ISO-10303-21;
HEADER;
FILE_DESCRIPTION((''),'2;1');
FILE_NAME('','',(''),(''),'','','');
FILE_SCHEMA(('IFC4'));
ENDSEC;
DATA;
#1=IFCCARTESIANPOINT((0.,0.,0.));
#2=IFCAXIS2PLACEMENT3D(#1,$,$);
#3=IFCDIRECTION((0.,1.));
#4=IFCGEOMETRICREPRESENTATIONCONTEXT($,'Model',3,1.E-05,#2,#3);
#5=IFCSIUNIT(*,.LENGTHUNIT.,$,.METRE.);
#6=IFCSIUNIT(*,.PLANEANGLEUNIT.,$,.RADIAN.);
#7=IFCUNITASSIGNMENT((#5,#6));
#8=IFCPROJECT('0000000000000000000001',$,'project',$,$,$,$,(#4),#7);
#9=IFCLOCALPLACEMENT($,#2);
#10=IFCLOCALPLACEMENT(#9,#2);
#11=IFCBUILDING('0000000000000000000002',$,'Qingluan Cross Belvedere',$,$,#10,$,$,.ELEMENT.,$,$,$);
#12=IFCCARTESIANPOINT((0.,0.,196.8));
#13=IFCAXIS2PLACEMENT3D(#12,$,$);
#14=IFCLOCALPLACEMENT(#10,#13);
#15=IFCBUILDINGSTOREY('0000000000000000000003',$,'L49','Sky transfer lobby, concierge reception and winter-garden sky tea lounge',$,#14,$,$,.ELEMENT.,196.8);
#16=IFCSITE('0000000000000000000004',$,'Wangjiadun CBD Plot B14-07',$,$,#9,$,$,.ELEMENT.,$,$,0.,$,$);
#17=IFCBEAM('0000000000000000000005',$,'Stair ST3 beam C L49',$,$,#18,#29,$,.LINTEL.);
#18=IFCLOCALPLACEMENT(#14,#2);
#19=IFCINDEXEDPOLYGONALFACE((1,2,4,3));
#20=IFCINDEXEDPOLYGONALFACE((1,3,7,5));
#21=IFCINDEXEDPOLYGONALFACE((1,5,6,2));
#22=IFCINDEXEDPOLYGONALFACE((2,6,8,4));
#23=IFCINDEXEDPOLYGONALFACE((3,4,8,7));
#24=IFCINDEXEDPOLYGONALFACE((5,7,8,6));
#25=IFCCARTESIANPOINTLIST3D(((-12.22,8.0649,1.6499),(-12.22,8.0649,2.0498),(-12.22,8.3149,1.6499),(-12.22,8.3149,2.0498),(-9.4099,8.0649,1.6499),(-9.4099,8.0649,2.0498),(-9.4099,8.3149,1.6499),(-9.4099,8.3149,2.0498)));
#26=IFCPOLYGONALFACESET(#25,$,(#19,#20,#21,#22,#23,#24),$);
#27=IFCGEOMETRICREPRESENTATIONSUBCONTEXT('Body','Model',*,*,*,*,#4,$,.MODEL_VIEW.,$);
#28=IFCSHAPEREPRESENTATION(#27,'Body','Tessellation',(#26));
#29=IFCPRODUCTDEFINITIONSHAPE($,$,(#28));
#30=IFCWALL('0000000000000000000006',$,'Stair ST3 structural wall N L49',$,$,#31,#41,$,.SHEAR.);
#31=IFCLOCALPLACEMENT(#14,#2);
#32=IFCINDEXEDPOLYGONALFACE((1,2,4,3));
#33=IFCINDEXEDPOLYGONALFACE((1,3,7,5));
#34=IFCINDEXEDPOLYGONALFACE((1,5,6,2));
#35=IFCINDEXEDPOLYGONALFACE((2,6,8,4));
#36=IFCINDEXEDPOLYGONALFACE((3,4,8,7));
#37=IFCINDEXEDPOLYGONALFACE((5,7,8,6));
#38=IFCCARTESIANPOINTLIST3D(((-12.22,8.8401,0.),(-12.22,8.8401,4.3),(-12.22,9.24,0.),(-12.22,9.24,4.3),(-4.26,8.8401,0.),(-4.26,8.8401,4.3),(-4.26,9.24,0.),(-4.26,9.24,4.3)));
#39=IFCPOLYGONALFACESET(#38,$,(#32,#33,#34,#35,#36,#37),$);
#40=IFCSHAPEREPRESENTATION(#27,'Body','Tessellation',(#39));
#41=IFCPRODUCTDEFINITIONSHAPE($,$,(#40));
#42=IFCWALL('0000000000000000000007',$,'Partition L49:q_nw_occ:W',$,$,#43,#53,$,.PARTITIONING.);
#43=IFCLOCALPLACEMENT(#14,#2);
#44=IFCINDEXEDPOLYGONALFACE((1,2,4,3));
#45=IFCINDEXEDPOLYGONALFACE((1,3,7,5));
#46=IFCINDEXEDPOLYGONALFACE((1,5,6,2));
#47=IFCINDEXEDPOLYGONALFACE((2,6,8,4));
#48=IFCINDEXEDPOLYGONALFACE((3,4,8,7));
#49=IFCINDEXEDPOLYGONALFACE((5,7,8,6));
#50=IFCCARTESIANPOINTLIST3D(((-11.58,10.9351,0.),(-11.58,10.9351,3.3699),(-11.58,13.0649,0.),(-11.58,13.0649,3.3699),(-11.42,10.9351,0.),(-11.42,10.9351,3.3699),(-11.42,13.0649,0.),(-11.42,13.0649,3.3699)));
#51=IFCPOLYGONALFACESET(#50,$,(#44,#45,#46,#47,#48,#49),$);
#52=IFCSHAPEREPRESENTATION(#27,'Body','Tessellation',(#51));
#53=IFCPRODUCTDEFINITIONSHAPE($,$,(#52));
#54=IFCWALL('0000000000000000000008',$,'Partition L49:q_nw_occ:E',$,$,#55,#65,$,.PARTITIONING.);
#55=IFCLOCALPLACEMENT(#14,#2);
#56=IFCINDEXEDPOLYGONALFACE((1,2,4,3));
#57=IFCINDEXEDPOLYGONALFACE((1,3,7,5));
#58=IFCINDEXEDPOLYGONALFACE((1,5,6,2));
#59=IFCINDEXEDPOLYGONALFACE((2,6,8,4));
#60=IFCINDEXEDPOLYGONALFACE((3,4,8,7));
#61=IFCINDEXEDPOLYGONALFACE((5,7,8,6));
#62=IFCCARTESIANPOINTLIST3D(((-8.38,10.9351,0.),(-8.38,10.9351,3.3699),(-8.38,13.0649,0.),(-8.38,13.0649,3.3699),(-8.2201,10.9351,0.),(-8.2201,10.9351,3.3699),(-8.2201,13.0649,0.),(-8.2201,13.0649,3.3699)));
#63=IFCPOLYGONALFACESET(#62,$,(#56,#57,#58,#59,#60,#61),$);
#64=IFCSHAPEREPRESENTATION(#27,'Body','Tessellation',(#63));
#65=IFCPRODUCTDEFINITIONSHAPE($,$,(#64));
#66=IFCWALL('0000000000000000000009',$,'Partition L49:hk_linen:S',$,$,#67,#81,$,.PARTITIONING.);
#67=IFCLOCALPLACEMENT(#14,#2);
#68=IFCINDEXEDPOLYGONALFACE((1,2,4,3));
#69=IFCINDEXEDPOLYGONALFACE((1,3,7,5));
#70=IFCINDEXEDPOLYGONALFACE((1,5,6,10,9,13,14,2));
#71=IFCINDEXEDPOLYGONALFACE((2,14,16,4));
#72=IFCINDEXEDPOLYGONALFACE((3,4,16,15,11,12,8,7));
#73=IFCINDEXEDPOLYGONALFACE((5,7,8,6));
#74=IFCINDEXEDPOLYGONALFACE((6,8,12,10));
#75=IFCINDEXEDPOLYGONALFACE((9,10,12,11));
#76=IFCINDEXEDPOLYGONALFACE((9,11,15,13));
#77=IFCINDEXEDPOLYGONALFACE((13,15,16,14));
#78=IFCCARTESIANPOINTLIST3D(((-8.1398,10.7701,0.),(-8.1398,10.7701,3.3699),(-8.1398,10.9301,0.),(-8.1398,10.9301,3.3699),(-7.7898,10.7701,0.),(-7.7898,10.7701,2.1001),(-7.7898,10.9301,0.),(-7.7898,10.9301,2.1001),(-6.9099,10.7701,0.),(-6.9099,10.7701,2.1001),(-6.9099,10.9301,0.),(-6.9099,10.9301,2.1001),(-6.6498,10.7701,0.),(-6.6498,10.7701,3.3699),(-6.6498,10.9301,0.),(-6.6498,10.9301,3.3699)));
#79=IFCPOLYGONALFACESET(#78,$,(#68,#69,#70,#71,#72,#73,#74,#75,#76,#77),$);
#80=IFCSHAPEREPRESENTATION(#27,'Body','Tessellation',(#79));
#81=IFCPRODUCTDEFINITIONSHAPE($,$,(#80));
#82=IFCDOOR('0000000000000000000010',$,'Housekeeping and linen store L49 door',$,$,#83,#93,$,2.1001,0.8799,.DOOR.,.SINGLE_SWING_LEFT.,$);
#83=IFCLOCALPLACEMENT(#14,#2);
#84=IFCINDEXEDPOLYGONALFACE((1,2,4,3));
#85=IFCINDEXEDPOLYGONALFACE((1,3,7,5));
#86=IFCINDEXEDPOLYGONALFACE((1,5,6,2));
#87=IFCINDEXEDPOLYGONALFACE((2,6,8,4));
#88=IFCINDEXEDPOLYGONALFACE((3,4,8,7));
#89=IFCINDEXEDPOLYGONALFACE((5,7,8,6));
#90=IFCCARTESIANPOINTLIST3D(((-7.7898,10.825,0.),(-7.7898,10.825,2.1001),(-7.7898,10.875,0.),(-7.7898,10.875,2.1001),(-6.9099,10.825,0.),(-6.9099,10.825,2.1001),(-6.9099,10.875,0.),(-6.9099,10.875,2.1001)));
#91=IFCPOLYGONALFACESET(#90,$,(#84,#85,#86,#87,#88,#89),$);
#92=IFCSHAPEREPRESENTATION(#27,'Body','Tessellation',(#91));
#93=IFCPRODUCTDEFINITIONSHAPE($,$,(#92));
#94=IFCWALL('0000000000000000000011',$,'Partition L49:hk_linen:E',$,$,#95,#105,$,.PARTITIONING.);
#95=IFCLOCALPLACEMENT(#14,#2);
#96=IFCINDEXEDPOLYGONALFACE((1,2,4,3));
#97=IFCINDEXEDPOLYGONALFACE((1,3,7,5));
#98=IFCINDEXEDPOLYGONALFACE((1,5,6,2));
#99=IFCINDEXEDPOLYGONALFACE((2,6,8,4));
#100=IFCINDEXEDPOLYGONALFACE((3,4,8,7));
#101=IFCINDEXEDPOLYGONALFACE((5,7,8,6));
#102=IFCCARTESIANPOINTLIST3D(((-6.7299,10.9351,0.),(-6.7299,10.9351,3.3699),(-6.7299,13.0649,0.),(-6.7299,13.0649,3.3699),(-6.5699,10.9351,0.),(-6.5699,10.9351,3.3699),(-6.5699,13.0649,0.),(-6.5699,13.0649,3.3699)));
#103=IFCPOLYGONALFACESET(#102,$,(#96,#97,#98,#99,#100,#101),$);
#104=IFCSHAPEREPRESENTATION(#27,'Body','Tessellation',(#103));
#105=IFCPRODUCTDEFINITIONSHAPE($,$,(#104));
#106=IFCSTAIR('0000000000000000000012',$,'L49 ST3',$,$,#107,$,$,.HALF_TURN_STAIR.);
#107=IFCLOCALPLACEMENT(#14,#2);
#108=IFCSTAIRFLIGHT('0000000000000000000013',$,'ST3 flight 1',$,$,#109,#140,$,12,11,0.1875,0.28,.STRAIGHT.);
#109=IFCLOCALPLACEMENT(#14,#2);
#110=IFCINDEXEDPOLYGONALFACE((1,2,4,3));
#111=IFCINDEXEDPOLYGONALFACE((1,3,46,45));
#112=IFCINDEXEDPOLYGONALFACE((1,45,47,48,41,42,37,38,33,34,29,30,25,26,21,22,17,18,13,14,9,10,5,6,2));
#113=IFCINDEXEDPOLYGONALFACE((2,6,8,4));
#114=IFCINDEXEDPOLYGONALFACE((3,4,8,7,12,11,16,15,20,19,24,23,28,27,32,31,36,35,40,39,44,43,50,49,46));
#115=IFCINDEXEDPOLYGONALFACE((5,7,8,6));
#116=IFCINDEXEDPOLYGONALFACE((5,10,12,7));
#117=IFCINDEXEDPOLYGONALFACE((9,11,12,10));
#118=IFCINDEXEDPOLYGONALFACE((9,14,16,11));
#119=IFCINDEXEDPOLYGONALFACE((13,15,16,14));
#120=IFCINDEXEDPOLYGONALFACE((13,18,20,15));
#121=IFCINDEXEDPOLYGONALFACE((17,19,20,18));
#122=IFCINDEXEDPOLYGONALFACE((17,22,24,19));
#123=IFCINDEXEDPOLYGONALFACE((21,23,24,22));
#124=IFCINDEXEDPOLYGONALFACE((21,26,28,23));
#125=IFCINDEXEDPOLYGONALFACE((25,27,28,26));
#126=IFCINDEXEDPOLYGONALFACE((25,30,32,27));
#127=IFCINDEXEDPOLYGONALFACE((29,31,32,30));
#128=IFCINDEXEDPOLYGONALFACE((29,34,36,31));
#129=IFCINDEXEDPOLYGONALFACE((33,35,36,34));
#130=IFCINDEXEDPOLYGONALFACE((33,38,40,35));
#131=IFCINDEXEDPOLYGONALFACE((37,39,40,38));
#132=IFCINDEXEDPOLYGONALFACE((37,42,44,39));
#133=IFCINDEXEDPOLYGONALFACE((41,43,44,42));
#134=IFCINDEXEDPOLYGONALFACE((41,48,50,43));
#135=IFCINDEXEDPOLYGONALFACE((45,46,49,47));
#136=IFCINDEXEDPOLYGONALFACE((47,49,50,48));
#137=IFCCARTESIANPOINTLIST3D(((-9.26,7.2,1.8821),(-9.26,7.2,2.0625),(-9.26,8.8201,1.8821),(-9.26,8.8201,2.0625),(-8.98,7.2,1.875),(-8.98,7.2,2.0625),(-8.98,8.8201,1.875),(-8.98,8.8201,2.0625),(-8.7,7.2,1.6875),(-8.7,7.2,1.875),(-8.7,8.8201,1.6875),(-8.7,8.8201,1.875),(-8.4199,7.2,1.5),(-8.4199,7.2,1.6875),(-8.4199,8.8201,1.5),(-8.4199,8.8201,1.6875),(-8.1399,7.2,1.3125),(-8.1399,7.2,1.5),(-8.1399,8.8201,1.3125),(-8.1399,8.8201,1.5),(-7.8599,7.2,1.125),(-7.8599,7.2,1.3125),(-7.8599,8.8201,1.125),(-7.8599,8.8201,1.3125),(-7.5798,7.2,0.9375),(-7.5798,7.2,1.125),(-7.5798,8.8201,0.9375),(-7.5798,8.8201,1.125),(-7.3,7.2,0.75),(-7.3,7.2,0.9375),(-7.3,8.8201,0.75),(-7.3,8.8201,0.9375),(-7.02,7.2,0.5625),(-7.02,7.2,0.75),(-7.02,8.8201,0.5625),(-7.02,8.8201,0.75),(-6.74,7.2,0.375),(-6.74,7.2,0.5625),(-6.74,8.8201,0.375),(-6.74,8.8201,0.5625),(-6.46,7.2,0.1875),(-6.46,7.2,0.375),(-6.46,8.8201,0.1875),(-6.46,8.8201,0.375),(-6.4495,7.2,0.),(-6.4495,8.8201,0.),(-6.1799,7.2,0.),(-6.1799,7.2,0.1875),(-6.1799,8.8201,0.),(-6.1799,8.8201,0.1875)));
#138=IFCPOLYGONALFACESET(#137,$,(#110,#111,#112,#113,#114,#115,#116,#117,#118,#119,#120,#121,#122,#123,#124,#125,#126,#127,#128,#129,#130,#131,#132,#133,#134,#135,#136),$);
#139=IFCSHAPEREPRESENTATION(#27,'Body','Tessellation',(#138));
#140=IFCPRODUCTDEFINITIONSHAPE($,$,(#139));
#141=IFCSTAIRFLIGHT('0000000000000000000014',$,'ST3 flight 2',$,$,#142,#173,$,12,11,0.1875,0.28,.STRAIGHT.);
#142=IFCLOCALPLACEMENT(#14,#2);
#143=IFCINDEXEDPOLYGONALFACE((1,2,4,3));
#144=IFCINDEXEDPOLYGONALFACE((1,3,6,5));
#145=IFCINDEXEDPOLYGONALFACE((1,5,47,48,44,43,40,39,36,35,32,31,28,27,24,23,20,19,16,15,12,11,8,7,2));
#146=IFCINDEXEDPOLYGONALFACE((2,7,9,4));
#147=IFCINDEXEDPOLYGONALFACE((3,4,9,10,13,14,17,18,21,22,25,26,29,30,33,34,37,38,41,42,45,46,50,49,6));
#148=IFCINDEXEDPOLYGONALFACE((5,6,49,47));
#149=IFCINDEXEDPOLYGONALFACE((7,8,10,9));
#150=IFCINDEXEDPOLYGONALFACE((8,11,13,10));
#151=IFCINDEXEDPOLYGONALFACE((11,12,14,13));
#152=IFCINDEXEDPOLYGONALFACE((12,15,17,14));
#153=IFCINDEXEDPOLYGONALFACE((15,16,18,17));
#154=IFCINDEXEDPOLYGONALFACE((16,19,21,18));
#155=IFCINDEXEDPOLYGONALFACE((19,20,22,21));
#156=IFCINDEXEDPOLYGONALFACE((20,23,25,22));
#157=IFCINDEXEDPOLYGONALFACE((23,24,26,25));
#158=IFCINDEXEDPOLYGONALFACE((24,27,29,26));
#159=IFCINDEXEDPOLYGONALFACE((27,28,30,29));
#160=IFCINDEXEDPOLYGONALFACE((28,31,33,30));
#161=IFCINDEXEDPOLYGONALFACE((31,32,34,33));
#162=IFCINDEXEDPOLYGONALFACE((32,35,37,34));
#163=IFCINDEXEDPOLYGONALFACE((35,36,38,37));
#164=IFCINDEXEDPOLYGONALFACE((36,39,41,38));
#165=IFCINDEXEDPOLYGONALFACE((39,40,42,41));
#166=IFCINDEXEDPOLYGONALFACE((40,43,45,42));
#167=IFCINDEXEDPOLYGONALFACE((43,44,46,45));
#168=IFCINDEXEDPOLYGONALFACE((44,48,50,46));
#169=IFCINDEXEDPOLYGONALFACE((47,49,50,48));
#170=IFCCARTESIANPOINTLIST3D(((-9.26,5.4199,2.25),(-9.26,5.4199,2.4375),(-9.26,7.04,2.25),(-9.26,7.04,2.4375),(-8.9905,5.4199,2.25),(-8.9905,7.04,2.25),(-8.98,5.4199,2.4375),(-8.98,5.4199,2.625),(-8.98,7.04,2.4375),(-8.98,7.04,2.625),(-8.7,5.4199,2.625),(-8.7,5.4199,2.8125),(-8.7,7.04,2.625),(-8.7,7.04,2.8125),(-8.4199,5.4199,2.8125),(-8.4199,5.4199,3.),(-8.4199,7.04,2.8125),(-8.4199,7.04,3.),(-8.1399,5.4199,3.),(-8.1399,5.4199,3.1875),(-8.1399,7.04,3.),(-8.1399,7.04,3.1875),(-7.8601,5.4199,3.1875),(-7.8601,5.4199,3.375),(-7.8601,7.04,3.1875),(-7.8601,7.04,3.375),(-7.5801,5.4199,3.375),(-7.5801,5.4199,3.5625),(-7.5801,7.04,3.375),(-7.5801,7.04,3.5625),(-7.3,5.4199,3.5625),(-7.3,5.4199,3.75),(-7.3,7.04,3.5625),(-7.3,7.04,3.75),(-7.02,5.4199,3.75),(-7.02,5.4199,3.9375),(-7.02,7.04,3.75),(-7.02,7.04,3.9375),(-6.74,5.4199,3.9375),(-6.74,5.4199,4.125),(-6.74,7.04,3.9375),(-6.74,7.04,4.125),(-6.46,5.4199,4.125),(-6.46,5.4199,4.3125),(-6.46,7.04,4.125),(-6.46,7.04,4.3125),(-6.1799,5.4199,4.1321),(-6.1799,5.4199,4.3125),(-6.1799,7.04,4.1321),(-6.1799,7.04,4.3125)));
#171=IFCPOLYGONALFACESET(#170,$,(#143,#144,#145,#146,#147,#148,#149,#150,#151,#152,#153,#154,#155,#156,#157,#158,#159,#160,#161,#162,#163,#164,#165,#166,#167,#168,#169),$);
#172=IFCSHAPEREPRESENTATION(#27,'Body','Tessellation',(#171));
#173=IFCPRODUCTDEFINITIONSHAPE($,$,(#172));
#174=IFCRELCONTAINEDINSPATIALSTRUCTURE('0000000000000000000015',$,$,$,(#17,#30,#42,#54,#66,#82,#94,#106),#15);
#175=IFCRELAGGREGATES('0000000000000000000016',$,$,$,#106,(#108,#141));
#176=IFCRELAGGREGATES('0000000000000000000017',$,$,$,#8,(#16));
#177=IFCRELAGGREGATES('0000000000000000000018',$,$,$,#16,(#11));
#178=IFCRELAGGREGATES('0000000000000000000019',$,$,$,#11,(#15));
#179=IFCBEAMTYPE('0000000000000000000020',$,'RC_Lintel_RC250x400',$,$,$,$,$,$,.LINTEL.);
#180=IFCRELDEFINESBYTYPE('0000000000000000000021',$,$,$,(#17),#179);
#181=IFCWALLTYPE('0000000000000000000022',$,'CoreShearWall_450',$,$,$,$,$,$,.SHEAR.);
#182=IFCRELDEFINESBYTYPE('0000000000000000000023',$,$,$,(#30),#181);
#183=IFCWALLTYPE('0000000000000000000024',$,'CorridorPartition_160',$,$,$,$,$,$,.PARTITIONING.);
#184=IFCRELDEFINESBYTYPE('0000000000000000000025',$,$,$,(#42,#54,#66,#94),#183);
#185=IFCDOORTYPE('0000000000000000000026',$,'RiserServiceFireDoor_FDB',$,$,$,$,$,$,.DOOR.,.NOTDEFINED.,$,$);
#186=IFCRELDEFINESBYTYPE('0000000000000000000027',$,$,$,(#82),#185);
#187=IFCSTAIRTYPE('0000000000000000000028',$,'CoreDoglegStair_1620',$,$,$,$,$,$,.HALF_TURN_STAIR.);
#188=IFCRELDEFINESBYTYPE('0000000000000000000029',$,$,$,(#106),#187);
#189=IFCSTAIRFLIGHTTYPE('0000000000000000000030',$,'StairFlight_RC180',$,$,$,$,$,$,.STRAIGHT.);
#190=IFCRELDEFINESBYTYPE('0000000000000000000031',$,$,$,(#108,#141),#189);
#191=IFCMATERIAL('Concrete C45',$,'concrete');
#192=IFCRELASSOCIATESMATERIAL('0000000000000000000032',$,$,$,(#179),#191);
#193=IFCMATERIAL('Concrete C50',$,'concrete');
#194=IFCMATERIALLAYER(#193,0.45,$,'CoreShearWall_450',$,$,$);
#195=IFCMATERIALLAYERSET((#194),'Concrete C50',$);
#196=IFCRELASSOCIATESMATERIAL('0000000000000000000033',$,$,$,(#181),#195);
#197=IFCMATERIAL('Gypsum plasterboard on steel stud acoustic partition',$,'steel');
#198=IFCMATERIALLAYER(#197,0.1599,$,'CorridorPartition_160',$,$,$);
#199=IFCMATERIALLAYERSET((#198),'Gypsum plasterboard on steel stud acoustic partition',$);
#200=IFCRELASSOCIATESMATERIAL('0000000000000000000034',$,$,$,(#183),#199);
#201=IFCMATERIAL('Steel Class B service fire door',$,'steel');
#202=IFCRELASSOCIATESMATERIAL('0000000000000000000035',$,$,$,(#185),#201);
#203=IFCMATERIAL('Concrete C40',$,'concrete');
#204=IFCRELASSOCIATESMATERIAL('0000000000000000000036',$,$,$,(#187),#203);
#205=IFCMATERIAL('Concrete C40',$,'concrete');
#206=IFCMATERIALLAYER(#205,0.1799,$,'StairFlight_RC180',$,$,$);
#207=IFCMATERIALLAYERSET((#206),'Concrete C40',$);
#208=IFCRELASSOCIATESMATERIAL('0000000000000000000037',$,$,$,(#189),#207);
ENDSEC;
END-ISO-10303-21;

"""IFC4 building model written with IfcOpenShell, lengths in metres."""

from ifc_helpers import new_model, si_unit, direction, frame, frame_2d, origin, origin_2d, place, context, subcontext, project, spatial, polyline, rectangle, outline, extrude, material, layer, layer_set, material_profile, profile_set, type_object, element, fill, aggregate, save


model = new_model("IFC4")

# Units and contexts
model_context = context("Model", 3, precision=1e-05, world=origin(), true_north=direction((0.0, 1.0)))
body_context = subcontext(model_context, "Body", "Model", "MODEL_VIEW")
ifc_project = project(units=[si_unit("LENGTHUNIT", "METRE"), si_unit("PLANEANGLEUNIT", "RADIAN")], contexts=[model_context])

# Site, building, storey
site_placement = place(None, origin())
site = spatial("IfcSite", under=ifc_project, at=site_placement, Name="Wangjiadun CBD Plot B14-07", CompositionType="ELEMENT", RefElevation=0.0)
building_placement = place(site_placement, origin())
building = spatial("IfcBuilding", under=site, at=building_placement, Name="Qingluan Cross Belvedere", CompositionType="ELEMENT")
storey_placement = place(building_placement, frame((0.0, 0.0, 196.8)))
storey = spatial("IfcBuildingStorey", under=building, at=storey_placement, Name="L49", Description="Sky transfer lobby, concierge reception and winter-garden sky tea lounge", CompositionType="ELEMENT", Elevation=196.8)

# Beam
ifc_material_1 = material(Name="Concrete C45", Category="concrete")
ifc_material_profile = material_profile(ifc_material_1, rectangle(XDim=0.25, YDim=0.3999, at=origin_2d()), Name="RC250x400")
ifc_profile_set = profile_set([ifc_material_profile], Name="Concrete C45")
beam_type = type_object("IfcBeamType", Name="RC_Lintel_RC250x400", PredefinedType="LINTEL", material=ifc_profile_set)
beam_placement = place(storey_placement, frame((-12.22, 8.1899, 1.8499), z_axis=(1.0, 0.0, 0.0), x_axis=(0.0, 1.0, 0.0)))
element("IfcBeam", 1, at=beam_placement, inside=storey, type_object=beam_type, Name="Stair ST3 beam C L49", PredefinedType="LINTEL", context=body_context, shape_type="SweptSolid", body=[
    extrude(rectangle(XDim=0.25, YDim=0.3999, at=origin_2d()), origin(), (0.0, 0.0, 1.0), 2.8101),
])

# Wall
ifc_material_2 = material(Name="Concrete C50", Category="concrete")
ifc_layer_1 = layer(ifc_material_2, 0.45, Name="CoreShearWall_450")
ifc_layer_set_1 = layer_set([ifc_layer_1], Name="Concrete C50")
wall_type_1 = type_object("IfcWallType", Name="CoreShearWall_450", PredefinedType="SHEAR", material=ifc_layer_set_1)
wall_1_placement = place(storey_placement, frame((-12.22, 9.04, 0.0), z_axis=(0.0, 0.0, 1.0), x_axis=(1.0, 0.0, 0.0)))
element("IfcWall", 2, at=wall_1_placement, inside=storey, type_object=wall_type_1, Name="Stair ST3 structural wall N L49", PredefinedType="SHEAR", context=body_context, shape_type="SweptSolid", body=[
    extrude(rectangle(XDim=7.96, YDim=0.3999, at=frame_2d((3.98, 0.0))), origin(), (0.0, 0.0, 1.0), 4.3),
])

# Shared definitions
ifc_material_3 = material(Name="Gypsum plasterboard on steel stud acoustic partition", Category="steel")
ifc_layer_2 = layer(ifc_material_3, 0.1599, Name="CorridorPartition_160")
ifc_layer_set_2 = layer_set([ifc_layer_2], Name="Gypsum plasterboard on steel stud acoustic partition")
wall_type_2 = type_object("IfcWallType", Name="CorridorPartition_160", PredefinedType="PARTITIONING", material=ifc_layer_set_2)

# Walls
for number, where, z_axis, x_axis, name in (
    (3, (-11.5, 10.9351, 0.0), (0.0, 0.0, 1.0), (0.0, 1.0, 0.0), "Partition L49:q_nw_occ:W"),
    (4, (-8.3, 10.9351, 0.0), (0.0, 0.0, 1.0), (0.0, 1.0, 0.0), "Partition L49:q_nw_occ:E"),
):
    element("IfcWall", number, at=place(storey_placement, frame(where, z_axis=z_axis, x_axis=x_axis)), inside=storey, type_object=wall_type_2, Name=name, PredefinedType="PARTITIONING", context=body_context, shape_type="SweptSolid", body=[
        extrude(rectangle(XDim=2.1299, YDim=0.1599, at=frame_2d((1.0649, 0.0))), origin(), (0.0, 0.0, 1.0), 3.3699),
    ])

# Wall, opening, door
wall_2_placement = place(storey_placement, frame((-8.1399, 10.8501, 0.0), z_axis=(0.0, 0.0, 1.0), x_axis=(1.0, 0.0, 0.0)))
wall_2 = element("IfcWall", 5, at=wall_2_placement, inside=storey, type_object=wall_type_2, Name="Partition L49:hk_linen:S", PredefinedType="PARTITIONING", context=body_context, shape_type="SweptSolid", body=[
    extrude(rectangle(XDim=1.49, YDim=0.1599, at=frame_2d((0.7451, 0.0))), origin(), (0.0, 0.0, 1.0), 3.3699),
])
opening_1_placement = place(wall_2_placement, frame((0.3501, 0.0, 0.0)))
opening_1 = element("IfcOpeningElement", 6, at=opening_1_placement, cuts=wall_2, PredefinedType="OPENING", context=body_context, shape_type="SweptSolid", body=[
    extrude(rectangle(XDim=0.8799, YDim=2.1001, at=frame_2d((0.4399, 1.05))), frame((0.0, 0.0898, 0.0), z_axis=(0.0, -1.0, 0.0), x_axis=(1.0, 0.0, 0.0)), (0.0, 0.0, 1.0), 0.1799),
])
ifc_material_4 = material(Name="Steel Class B service fire door", Category="steel")
door_type_1 = type_object("IfcDoorType", Name="RiserServiceFireDoor_FDB", OperationType="NOTDEFINED", PredefinedType="DOOR", material=ifc_material_4)
door_1_placement = place(opening_1_placement, origin())
door_1 = element("IfcDoor", 7, at=door_1_placement, inside=storey, type_object=door_type_1, Name="Housekeeping and linen store L49 door", OperationType="SINGLE_SWING_LEFT", OverallHeight=2.1001, OverallWidth=0.8799, PredefinedType="DOOR", context=body_context, shape_type="SweptSolid", body=[
    extrude(rectangle(XDim=0.8799, YDim=2.1001, at=frame_2d((0.4399, 1.05))), frame((0.0, 0.0249, 0.0), z_axis=(0.0, -1.0, 0.0), x_axis=(1.0, 0.0, 0.0)), (0.0, 0.0, 1.0), 0.05),
])
fill(opening_1, door_1)

# Wall
wall_3_placement = place(storey_placement, frame((-6.6499, 10.9351, 0.0), z_axis=(0.0, 0.0, 1.0), x_axis=(0.0, 1.0, 0.0)))
element("IfcWall", 8, at=wall_3_placement, inside=storey, type_object=wall_type_2, Name="Partition L49:hk_linen:E", PredefinedType="PARTITIONING", context=body_context, shape_type="SweptSolid", body=[
    extrude(rectangle(XDim=2.1299, YDim=0.1599, at=frame_2d((1.0649, 0.0))), origin(), (0.0, 0.0, 1.0), 3.3699),
])

# Stair, stair flights
ifc_material_5 = material(Name="Concrete C40", Category="concrete")
stair_type = type_object("IfcStairType", Name="CoreDoglegStair_1620", PredefinedType="HALF_TURN_STAIR", material=ifc_material_5)
stair_placement = place(storey_placement, origin())
stair = element("IfcStair", 9, at=stair_placement, inside=storey, type_object=stair_type, Name="L49 ST3", PredefinedType="HALF_TURN_STAIR")
ifc_material_6 = material(Name="Concrete C40", Category="concrete")
ifc_layer_3 = layer(ifc_material_6, 0.1799, Name="StairFlight_RC180")
ifc_layer_set_3 = layer_set([ifc_layer_3], Name="Concrete C40")
stair_flight_type = type_object("IfcStairFlightType", Name="StairFlight_RC180", PredefinedType="STRAIGHT", material=ifc_layer_set_3)
stair_flight_1_placement = place(storey_placement, frame((-6.1799, 8.01, 0.0), z_axis=(0.0, 0.0, 1.0), x_axis=(-1.0, 0.0, 0.0)))
stair_flight_1 = element("IfcStairFlight", 10, at=stair_flight_1_placement, type_object=stair_flight_type, Name="ST3 flight 1", NumberOfRisers=12, NumberOfTreads=11, PredefinedType="STRAIGHT", RiserHeight=0.1875, TreadLength=0.28, context=body_context, shape_type="SweptSolid", body=[
    extrude(outline(polyline([(0.0, 0.0), (0.0, 0.1875), (0.28, 0.1875), (0.28, 0.375), (0.5601, 0.375), (0.5601, 0.5625), (0.8401, 0.5625), (0.8401, 0.75), (1.1201, 0.75), (1.1201, 0.9375), (1.3999, 0.9375), (1.3999, 1.125), (1.6799, 1.125), (1.6799, 1.3125), (1.96, 1.3125), (1.96, 1.5), (2.24, 1.5), (2.24, 1.6875), (2.52, 1.6875), (2.52, 1.875), (2.8, 1.875), (2.8, 2.0625), (3.0801, 2.0625), (3.0801, 2.25), (3.0801, 1.8821), (0.2695, 0.0), (0.0, 0.0)])), frame((0.0, 0.8101, 0.0), z_axis=(0.0, -1.0, 0.0), x_axis=(1.0, 0.0, 0.0)), (0.0, 0.0, 1.0), 1.6201),
])
stair_flight_2_placement = place(storey_placement, frame((-9.26, 6.23, 2.25), z_axis=(0.0, 0.0, 1.0), x_axis=(1.0, 0.0, 0.0)))
stair_flight_2 = element("IfcStairFlight", 11, at=stair_flight_2_placement, type_object=stair_flight_type, Name="ST3 flight 2", NumberOfRisers=12, NumberOfTreads=11, PredefinedType="STRAIGHT", RiserHeight=0.1875, TreadLength=0.28, context=body_context, shape_type="SweptSolid", body=[
    extrude(outline(polyline([(0.0, 0.0), (0.0, 0.1875), (0.28, 0.1875), (0.28, 0.375), (0.5601, 0.375), (0.5601, 0.5625), (0.8401, 0.5625), (0.8401, 0.75), (1.1201, 0.75), (1.1201, 0.9375), (1.3999, 0.9375), (1.3999, 1.125), (1.6799, 1.125), (1.6799, 1.3125), (1.96, 1.3125), (1.96, 1.5), (2.24, 1.5), (2.24, 1.6875), (2.52, 1.6875), (2.52, 1.875), (2.8, 1.875), (2.8, 2.0625), (3.0801, 2.0625), (3.0801, 2.25), (3.0801, 1.8821), (0.2695, 0.0), (0.0, 0.0)])), frame((0.0, 0.8101, 0.0), z_axis=(0.0, -1.0, 0.0), x_axis=(1.0, 0.0, 0.0)), (0.0, 0.0, 1.0), 1.6201),
])
aggregate(stair, [stair_flight_1, stair_flight_2])

save(model, "model.ifc")
